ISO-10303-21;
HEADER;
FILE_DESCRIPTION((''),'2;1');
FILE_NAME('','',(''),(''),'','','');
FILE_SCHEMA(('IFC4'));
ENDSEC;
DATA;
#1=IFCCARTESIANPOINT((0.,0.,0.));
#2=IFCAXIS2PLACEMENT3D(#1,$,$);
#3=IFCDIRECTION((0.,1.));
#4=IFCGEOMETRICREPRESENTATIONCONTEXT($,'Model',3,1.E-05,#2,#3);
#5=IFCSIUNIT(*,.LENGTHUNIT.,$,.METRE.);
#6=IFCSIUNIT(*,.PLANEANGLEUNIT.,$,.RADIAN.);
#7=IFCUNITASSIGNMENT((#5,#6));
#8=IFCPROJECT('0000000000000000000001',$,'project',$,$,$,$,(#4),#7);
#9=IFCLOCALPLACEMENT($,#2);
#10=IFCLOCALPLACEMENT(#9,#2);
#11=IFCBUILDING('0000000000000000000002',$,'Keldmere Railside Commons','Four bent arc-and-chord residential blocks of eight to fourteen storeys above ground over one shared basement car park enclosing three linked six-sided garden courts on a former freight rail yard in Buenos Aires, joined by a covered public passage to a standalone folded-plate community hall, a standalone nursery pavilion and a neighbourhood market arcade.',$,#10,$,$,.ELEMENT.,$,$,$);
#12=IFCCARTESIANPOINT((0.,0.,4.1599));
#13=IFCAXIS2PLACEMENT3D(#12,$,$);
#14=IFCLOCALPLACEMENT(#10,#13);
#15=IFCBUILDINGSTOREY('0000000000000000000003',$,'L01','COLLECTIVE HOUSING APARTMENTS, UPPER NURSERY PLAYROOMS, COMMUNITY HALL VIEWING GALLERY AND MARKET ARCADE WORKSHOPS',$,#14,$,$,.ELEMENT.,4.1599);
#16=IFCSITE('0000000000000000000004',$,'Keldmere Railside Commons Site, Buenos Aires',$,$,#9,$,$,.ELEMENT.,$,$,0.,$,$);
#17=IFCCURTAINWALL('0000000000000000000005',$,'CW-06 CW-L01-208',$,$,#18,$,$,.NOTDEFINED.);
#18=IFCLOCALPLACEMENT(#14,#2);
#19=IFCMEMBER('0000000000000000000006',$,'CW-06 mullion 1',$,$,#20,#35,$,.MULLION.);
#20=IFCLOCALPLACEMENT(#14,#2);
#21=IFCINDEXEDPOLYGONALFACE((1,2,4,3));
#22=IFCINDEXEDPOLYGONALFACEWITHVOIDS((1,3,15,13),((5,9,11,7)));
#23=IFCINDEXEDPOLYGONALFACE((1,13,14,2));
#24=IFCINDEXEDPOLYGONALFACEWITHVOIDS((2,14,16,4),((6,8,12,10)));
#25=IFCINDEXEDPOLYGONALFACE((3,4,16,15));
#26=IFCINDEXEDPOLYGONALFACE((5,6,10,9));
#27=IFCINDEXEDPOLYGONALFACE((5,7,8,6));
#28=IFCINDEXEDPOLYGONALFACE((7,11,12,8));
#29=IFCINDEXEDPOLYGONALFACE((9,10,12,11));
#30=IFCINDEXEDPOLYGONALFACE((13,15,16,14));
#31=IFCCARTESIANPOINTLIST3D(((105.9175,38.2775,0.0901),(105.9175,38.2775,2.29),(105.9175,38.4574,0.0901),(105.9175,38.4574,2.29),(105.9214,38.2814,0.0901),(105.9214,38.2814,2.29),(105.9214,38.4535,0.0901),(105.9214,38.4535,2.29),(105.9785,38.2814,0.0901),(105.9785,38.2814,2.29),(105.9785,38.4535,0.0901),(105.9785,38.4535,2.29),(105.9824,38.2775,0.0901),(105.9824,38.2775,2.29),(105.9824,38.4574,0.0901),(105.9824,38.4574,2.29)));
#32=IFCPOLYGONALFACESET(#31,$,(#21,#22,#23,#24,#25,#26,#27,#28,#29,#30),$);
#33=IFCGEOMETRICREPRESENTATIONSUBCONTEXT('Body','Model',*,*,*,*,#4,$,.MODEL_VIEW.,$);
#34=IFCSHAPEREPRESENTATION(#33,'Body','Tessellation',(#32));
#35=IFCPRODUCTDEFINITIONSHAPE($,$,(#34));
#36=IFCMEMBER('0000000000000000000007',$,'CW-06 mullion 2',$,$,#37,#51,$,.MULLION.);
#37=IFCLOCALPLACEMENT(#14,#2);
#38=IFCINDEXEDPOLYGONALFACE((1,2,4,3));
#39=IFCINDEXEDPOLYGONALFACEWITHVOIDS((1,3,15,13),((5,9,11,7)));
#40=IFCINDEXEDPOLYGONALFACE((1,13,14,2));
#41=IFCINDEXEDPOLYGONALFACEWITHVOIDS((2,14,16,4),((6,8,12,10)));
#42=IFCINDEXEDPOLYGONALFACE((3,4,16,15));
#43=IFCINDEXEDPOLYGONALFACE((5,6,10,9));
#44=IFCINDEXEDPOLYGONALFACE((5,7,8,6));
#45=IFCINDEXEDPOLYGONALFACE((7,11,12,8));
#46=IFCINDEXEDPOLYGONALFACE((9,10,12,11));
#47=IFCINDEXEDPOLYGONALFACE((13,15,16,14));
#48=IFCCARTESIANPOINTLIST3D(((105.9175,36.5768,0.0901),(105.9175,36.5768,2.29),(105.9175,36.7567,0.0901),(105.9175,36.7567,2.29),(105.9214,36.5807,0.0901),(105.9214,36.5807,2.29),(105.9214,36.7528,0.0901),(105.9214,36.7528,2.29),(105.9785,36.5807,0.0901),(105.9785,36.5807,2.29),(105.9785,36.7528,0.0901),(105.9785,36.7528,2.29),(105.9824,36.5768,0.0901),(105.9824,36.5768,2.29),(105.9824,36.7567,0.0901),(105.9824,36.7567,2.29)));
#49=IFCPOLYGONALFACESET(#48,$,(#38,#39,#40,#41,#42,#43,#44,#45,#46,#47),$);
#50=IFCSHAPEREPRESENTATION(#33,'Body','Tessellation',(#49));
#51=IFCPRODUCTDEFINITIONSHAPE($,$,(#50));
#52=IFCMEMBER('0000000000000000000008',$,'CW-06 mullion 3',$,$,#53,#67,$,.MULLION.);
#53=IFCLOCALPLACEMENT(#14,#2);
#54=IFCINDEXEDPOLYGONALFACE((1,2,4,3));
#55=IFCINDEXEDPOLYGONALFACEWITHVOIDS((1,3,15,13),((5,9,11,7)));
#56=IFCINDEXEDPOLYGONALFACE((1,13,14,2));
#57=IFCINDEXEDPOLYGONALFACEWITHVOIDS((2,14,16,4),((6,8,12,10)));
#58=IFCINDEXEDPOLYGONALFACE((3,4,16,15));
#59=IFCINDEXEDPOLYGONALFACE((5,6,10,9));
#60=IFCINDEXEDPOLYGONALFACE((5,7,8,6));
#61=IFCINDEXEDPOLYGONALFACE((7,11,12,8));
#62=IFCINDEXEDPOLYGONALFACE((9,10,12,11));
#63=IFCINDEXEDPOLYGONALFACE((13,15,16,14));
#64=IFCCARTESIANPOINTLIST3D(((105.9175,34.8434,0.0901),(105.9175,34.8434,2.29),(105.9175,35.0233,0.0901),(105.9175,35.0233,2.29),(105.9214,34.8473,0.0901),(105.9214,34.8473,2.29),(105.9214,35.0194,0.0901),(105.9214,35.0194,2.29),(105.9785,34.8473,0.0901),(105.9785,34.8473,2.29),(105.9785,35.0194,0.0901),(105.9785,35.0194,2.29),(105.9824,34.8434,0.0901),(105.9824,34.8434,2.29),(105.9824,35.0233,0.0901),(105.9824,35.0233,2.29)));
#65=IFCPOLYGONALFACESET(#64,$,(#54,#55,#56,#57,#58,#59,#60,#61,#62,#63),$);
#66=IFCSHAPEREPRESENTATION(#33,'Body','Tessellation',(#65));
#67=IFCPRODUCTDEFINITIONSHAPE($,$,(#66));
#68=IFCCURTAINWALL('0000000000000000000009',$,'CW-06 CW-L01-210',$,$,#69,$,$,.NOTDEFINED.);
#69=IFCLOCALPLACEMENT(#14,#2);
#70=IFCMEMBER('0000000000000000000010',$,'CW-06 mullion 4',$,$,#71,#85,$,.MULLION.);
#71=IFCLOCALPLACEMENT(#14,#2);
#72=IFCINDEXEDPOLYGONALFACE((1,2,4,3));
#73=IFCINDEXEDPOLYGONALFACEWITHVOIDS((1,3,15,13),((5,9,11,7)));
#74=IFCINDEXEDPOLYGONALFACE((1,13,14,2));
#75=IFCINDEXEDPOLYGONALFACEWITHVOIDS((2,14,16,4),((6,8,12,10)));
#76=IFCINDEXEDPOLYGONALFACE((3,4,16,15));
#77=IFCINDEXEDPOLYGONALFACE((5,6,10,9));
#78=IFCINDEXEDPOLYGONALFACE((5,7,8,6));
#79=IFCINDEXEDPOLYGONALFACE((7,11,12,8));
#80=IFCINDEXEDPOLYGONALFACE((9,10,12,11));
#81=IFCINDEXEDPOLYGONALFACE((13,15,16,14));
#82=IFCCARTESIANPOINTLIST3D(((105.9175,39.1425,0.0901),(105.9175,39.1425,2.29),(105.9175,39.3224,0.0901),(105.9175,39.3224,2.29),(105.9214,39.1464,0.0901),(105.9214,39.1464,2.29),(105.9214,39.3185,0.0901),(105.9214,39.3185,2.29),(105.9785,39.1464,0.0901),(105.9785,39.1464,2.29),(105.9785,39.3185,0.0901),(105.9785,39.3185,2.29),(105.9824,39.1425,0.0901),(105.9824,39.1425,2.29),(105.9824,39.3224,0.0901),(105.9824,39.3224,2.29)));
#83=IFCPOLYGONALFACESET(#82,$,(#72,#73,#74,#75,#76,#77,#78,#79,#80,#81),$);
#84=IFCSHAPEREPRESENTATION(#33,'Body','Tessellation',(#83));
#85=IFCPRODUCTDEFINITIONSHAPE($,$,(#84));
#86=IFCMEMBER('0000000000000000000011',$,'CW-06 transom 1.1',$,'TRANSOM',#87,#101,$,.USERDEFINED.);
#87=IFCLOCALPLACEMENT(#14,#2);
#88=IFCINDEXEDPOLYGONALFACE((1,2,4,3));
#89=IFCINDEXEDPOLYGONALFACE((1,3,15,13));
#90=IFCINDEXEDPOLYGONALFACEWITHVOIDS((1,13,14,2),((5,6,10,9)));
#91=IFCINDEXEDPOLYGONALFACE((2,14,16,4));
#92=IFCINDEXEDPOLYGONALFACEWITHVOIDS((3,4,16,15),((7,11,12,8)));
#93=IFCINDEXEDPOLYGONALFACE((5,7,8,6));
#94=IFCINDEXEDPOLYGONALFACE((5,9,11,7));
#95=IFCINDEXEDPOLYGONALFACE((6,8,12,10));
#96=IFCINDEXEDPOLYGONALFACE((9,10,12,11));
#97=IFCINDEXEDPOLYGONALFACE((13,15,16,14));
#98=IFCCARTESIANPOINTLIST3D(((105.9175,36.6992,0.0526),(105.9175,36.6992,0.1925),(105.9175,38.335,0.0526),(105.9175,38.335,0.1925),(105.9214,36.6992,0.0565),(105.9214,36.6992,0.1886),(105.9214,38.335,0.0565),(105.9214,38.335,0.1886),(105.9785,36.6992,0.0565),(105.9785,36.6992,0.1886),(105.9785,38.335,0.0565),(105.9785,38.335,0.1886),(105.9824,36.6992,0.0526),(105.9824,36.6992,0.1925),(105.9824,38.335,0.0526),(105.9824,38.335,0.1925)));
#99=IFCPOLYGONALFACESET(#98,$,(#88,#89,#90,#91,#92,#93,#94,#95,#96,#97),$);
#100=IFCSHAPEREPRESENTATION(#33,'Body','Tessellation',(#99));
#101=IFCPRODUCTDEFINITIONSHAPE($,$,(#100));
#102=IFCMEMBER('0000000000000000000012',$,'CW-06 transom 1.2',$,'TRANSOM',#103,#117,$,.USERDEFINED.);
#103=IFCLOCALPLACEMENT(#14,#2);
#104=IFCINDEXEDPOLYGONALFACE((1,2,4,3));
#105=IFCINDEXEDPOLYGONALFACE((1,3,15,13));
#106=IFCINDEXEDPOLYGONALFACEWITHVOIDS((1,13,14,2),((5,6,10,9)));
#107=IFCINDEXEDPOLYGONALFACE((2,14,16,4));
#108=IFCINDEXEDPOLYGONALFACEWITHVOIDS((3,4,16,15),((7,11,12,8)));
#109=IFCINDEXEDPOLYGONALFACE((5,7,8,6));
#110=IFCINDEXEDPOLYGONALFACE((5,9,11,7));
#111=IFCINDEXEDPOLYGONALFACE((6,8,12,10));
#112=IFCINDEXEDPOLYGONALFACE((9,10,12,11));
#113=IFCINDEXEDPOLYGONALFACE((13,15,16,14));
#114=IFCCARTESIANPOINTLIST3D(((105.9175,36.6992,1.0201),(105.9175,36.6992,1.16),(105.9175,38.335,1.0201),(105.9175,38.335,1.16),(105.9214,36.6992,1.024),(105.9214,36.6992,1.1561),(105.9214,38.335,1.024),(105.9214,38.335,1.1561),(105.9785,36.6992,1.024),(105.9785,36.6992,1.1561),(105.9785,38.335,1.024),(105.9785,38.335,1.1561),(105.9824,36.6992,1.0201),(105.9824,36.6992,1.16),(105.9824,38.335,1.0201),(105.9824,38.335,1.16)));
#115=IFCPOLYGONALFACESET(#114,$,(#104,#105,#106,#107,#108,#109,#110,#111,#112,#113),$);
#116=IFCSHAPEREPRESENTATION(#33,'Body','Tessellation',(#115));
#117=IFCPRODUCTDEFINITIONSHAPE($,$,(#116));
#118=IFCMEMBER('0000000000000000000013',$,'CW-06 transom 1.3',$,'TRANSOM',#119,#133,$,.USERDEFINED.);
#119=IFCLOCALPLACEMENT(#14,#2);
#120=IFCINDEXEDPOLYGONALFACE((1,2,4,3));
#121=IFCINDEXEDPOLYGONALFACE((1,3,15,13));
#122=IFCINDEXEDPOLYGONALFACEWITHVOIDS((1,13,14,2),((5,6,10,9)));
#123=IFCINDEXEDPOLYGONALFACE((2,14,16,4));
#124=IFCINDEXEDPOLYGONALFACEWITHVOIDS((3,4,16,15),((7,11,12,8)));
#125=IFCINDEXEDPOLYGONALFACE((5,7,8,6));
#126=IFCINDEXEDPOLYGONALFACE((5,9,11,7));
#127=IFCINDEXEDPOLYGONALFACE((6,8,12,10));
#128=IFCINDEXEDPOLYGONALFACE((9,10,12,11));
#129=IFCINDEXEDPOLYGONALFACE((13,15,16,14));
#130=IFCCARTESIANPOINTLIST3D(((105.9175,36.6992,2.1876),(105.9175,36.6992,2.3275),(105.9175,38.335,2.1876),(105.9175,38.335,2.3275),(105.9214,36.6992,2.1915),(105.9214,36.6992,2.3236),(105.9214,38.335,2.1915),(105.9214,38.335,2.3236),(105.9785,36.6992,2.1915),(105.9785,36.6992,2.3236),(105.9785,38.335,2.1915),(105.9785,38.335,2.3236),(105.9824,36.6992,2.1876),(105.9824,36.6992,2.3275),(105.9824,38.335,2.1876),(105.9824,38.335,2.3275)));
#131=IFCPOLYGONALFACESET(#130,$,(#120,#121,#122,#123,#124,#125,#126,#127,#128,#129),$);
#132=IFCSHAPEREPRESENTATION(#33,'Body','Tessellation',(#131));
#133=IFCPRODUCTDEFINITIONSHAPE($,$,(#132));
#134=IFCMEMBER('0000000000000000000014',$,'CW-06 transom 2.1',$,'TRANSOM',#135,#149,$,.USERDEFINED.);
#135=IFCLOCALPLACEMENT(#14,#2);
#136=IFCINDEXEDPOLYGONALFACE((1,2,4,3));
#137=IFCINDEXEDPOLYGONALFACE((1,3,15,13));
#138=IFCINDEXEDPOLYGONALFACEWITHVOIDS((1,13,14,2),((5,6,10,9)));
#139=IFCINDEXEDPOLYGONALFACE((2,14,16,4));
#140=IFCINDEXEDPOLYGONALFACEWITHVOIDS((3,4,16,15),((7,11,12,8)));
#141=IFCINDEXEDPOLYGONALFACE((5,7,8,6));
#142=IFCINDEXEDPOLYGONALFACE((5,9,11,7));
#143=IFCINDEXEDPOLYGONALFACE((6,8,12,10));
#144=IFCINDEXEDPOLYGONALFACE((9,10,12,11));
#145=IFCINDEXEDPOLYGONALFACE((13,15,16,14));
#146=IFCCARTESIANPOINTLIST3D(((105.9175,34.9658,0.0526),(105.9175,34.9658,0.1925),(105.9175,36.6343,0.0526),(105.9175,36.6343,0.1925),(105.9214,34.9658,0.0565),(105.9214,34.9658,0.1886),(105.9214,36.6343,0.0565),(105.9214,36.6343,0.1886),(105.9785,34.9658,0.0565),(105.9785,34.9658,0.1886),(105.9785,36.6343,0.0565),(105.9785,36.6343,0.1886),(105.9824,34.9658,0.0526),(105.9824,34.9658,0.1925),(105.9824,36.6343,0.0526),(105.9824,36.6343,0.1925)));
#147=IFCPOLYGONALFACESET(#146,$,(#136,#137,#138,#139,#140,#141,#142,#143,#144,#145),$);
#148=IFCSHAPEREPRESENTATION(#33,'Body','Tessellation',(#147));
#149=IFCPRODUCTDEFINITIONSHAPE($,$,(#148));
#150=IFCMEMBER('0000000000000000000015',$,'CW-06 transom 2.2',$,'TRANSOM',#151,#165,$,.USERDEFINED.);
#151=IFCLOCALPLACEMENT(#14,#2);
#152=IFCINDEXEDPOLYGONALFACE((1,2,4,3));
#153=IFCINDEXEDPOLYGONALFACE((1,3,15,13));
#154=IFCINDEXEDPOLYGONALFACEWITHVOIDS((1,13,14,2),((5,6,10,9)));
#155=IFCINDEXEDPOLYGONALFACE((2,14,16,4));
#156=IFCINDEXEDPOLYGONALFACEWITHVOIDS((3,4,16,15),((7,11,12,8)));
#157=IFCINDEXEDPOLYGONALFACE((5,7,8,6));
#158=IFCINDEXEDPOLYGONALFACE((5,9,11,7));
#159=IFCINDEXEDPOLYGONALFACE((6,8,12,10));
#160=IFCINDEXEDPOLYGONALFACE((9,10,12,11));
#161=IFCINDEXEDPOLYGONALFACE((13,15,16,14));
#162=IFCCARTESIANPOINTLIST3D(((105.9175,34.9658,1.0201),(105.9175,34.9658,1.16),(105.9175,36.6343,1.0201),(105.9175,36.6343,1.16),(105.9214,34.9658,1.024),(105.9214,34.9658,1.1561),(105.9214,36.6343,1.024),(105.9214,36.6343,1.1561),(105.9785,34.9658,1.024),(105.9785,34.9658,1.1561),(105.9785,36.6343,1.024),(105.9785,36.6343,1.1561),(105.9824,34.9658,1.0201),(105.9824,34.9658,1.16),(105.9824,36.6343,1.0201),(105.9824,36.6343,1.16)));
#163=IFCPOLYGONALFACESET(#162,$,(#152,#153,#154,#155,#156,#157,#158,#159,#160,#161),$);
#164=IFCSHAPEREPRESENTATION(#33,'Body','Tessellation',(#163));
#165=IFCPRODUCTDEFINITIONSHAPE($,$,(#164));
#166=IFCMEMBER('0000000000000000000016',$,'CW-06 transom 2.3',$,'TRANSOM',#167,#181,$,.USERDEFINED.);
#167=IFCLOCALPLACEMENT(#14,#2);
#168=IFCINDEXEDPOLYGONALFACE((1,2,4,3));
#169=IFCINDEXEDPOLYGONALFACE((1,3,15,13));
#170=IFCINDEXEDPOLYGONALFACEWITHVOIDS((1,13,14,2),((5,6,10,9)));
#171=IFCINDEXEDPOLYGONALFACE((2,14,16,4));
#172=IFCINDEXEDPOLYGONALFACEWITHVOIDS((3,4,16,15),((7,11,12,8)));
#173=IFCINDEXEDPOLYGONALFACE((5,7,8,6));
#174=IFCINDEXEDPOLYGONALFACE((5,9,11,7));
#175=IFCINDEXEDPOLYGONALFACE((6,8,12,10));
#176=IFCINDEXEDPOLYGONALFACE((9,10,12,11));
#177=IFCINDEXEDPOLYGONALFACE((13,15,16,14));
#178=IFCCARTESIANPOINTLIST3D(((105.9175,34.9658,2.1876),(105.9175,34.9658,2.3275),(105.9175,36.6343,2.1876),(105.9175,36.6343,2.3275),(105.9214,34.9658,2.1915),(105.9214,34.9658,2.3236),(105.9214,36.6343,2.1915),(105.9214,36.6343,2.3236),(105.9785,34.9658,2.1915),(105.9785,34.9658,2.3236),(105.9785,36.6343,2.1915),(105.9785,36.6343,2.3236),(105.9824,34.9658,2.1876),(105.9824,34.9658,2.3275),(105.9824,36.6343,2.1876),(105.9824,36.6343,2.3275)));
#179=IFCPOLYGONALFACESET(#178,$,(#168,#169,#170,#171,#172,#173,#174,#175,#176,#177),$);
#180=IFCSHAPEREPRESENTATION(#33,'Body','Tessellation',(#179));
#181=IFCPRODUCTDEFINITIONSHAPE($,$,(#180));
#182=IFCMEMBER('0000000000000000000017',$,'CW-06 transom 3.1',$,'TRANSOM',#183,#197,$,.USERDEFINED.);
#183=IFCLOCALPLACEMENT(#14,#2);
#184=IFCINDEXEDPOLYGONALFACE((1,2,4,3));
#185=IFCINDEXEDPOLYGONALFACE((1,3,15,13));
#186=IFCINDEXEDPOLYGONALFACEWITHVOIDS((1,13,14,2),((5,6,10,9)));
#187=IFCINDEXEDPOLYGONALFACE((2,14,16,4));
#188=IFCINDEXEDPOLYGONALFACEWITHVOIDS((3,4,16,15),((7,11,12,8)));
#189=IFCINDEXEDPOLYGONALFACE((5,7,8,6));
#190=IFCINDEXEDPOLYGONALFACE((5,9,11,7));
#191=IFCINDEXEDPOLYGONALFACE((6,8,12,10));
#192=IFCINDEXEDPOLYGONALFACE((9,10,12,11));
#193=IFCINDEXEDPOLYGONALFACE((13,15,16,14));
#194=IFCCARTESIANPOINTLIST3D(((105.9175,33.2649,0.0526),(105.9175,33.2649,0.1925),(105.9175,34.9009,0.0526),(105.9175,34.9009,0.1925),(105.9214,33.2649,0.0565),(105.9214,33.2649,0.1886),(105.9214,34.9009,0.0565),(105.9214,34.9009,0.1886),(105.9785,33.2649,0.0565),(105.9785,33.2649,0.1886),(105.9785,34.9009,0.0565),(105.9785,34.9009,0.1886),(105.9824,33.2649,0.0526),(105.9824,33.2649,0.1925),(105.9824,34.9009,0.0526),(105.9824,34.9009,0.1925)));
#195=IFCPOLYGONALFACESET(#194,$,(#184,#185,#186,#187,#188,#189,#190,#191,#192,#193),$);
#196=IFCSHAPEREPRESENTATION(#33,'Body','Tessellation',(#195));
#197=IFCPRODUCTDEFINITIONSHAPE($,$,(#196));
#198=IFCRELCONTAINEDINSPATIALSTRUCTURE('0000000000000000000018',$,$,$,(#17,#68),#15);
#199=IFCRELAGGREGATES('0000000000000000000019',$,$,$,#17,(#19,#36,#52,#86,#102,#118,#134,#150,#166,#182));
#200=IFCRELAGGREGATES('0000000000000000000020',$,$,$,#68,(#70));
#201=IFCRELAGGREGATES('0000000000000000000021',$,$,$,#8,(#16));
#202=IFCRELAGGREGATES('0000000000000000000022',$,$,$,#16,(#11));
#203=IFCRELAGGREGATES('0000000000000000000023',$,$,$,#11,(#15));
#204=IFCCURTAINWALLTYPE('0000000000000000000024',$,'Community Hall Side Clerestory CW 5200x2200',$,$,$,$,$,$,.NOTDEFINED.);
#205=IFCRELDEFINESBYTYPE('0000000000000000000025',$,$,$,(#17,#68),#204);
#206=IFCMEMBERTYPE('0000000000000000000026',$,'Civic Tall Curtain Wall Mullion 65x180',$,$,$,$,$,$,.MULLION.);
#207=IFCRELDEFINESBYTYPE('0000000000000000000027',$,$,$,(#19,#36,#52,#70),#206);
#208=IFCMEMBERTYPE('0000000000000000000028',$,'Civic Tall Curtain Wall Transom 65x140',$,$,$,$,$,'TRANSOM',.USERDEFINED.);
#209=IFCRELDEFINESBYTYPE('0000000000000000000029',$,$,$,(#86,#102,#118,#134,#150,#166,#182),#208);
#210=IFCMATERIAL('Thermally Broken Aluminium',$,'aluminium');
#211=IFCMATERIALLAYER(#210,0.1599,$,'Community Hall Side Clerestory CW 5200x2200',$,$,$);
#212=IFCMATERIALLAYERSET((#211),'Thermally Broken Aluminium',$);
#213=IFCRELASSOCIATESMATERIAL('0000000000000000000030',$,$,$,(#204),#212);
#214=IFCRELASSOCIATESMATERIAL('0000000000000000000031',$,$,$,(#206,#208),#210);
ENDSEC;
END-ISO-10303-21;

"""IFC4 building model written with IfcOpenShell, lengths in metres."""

from ifc_helpers import new_model, si_unit, direction, frame, origin, origin_2d, place, context, subcontext, project, spatial, hollow_rectangle, extrude, material, layer, layer_set, material_profile, profile_set, type_object, element, aggregate, save


model = new_model("IFC4")

# Units and contexts
model_context = context("Model", 3, precision=1e-05, world=origin(), true_north=direction((0.0, 1.0)))
body_context = subcontext(model_context, "Body", "Model", "MODEL_VIEW")
ifc_project = project(units=[si_unit("LENGTHUNIT", "METRE"), si_unit("PLANEANGLEUNIT", "RADIAN")], contexts=[model_context])

# Site, building, storey
site_placement = place(None, origin())
site = spatial("IfcSite", under=ifc_project, at=site_placement, Name="Keldmere Railside Commons Site, Buenos Aires", CompositionType="ELEMENT", RefElevation=0.0)
building_placement = place(site_placement, origin())
building = spatial("IfcBuilding", under=site, at=building_placement, Name="Keldmere Railside Commons", Description="Four bent arc-and-chord residential blocks of eight to fourteen storeys above ground over one shared basement car park enclosing three linked six-sided garden courts on a former freight rail yard in Buenos Aires, joined by a covered public passage to a standalone folded-plate community hall, a standalone nursery pavilion and a neighbourhood market arcade.", CompositionType="ELEMENT")
storey_placement = place(building_placement, frame((0.0, 0.0, 4.1599)))
storey = spatial("IfcBuildingStorey", under=building, at=storey_placement, Name="L01", Description="COLLECTIVE HOUSING APARTMENTS, UPPER NURSERY PLAYROOMS, COMMUNITY HALL VIEWING GALLERY AND MARKET ARCADE WORKSHOPS", CompositionType="ELEMENT", Elevation=4.1599)

# Curtain wall, members
ifc_material_1 = material(Name="Thermally Broken Aluminium", Category="aluminium")
ifc_layer_1 = layer(ifc_material_1, 0.1599, Name="Community Hall Side Clerestory CW 5200x2200")
ifc_layer_set_1 = layer_set([ifc_layer_1], Name="Thermally Broken Aluminium")
curtain_wall_type = type_object("IfcCurtainWallType", Name="Community Hall Side Clerestory CW 5200x2200", PredefinedType="NOTDEFINED", material=ifc_layer_set_1)
curtain_wall_1_placement = place(storey_placement, origin())
curtain_wall_1 = element("IfcCurtainWall", 1, at=curtain_wall_1_placement, inside=storey, type_object=curtain_wall_type, Name="CW-06 CW-L01-208", PredefinedType="NOTDEFINED")
ifc_material_profile_1 = material_profile(ifc_material_1, hollow_rectangle(XDim=0.0649, YDim=0.1799, WallThickness=0.0039, at=origin_2d()), Name="ALU-MULL-65x180")
ifc_profile_set_1 = profile_set([ifc_material_profile_1], Name="Thermally Broken Aluminium")
member_type_1 = type_object("IfcMemberType", Name="Civic Tall Curtain Wall Mullion 65x180", PredefinedType="MULLION", material=ifc_profile_set_1)
member_1_placement = place(storey_placement, frame((105.95, 38.3674, 0.0901), z_axis=(0.0, 0.0, 1.0), x_axis=(1.0, 0.0, 0.0)))
member_1 = element("IfcMember", 2, at=member_1_placement, type_object=member_type_1, Name="CW-06 mullion 1", PredefinedType="MULLION", context=body_context, shape_type="SweptSolid", body=[
    extrude(hollow_rectangle(XDim=0.0649, YDim=0.1799, WallThickness=0.0039, at=origin_2d()), origin(), (0.0, 0.0, 1.0), 2.2),
])
member_2_placement = place(storey_placement, frame((105.95, 36.6667, 0.0901), z_axis=(0.0, 0.0, 1.0), x_axis=(1.0, 0.0, 0.0)))
member_2 = element("IfcMember", 3, at=member_2_placement, type_object=member_type_1, Name="CW-06 mullion 2", PredefinedType="MULLION", context=body_context, shape_type="SweptSolid", body=[
    extrude(hollow_rectangle(XDim=0.0649, YDim=0.1799, WallThickness=0.0039, at=origin_2d()), origin(), (0.0, 0.0, 1.0), 2.2),
])
member_3_placement = place(storey_placement, frame((105.95, 34.9333, 0.0901), z_axis=(0.0, 0.0, 1.0), x_axis=(1.0, 0.0, 0.0)))
member_3 = element("IfcMember", 4, at=member_3_placement, type_object=member_type_1, Name="CW-06 mullion 3", PredefinedType="MULLION", context=body_context, shape_type="SweptSolid", body=[
    extrude(hollow_rectangle(XDim=0.0649, YDim=0.1799, WallThickness=0.0039, at=origin_2d()), origin(), (0.0, 0.0, 1.0), 2.2),
])

# Curtain wall, member
curtain_wall_2_placement = place(storey_placement, origin())
curtain_wall_2 = element("IfcCurtainWall", 5, at=curtain_wall_2_placement, inside=storey, type_object=curtain_wall_type, Name="CW-06 CW-L01-210", PredefinedType="NOTDEFINED")
member_4_placement = place(storey_placement, frame((105.95, 39.2324, 0.0901), z_axis=(0.0, 0.0, 1.0), x_axis=(1.0, 0.0, 0.0)))
member_4 = element("IfcMember", 6, at=member_4_placement, type_object=member_type_1, Name="CW-06 mullion 4", PredefinedType="MULLION", context=body_context, shape_type="SweptSolid", body=[
    extrude(hollow_rectangle(XDim=0.0649, YDim=0.1799, WallThickness=0.0039, at=origin_2d()), origin(), (0.0, 0.0, 1.0), 2.2),
])

# Members
ifc_material_profile_2 = material_profile(ifc_material_1, hollow_rectangle(XDim=0.0649, YDim=0.1399, WallThickness=0.0039, at=origin_2d()), Name="ALU-TRAN-65x140")
ifc_profile_set_2 = profile_set([ifc_material_profile_2], Name="Thermally Broken Aluminium")
member_type_2 = type_object("IfcMemberType", Name="Civic Tall Curtain Wall Transom 65x140", ElementType="TRANSOM", PredefinedType="USERDEFINED", material=ifc_profile_set_2)
member_5_placement = place(storey_placement, frame((105.95, 38.335, 0.1226), z_axis=(0.0, -1.0, 0.0), x_axis=(1.0, 0.0, 0.0)))
member_5 = element("IfcMember", 7, at=member_5_placement, type_object=member_type_2, Name="CW-06 transom 1.1", ObjectType="TRANSOM", PredefinedType="USERDEFINED", context=body_context, shape_type="SweptSolid", body=[
    extrude(hollow_rectangle(XDim=0.0649, YDim=0.1399, WallThickness=0.0039, at=origin_2d()), origin(), (0.0, 0.0, 1.0), 1.6357),
])
member_6_placement = place(storey_placement, frame((105.95, 38.335, 1.0901), z_axis=(0.0, -1.0, 0.0), x_axis=(1.0, 0.0, 0.0)))
member_6 = element("IfcMember", 8, at=member_6_placement, type_object=member_type_2, Name="CW-06 transom 1.2", ObjectType="TRANSOM", PredefinedType="USERDEFINED", context=body_context, shape_type="SweptSolid", body=[
    extrude(hollow_rectangle(XDim=0.0649, YDim=0.1399, WallThickness=0.0039, at=origin_2d()), origin(), (0.0, 0.0, 1.0), 1.6357),
])
member_7_placement = place(storey_placement, frame((105.95, 38.335, 2.2576), z_axis=(0.0, -1.0, 0.0), x_axis=(1.0, 0.0, 0.0)))
member_7 = element("IfcMember", 9, at=member_7_placement, type_object=member_type_2, Name="CW-06 transom 1.3", ObjectType="TRANSOM", PredefinedType="USERDEFINED", context=body_context, shape_type="SweptSolid", body=[
    extrude(hollow_rectangle(XDim=0.0649, YDim=0.1399, WallThickness=0.0039, at=origin_2d()), origin(), (0.0, 0.0, 1.0), 1.6357),
])
member_8_placement = place(storey_placement, frame((105.95, 36.6343, 0.1226), z_axis=(0.0, -1.0, 0.0), x_axis=(1.0, 0.0, 0.0)))
member_8 = element("IfcMember", 10, at=member_8_placement, type_object=member_type_2, Name="CW-06 transom 2.1", ObjectType="TRANSOM", PredefinedType="USERDEFINED", context=body_context, shape_type="SweptSolid", body=[
    extrude(hollow_rectangle(XDim=0.0649, YDim=0.1399, WallThickness=0.0039, at=origin_2d()), origin(), (0.0, 0.0, 1.0), 1.6685),
])
member_9_placement = place(storey_placement, frame((105.95, 36.6343, 1.0901), z_axis=(0.0, -1.0, 0.0), x_axis=(1.0, 0.0, 0.0)))
member_9 = element("IfcMember", 11, at=member_9_placement, type_object=member_type_2, Name="CW-06 transom 2.2", ObjectType="TRANSOM", PredefinedType="USERDEFINED", context=body_context, shape_type="SweptSolid", body=[
    extrude(hollow_rectangle(XDim=0.0649, YDim=0.1399, WallThickness=0.0039, at=origin_2d()), origin(), (0.0, 0.0, 1.0), 1.6685),
])
member_10_placement = place(storey_placement, frame((105.95, 36.6343, 2.2576), z_axis=(0.0, -1.0, 0.0), x_axis=(1.0, 0.0, 0.0)))
member_10 = element("IfcMember", 12, at=member_10_placement, type_object=member_type_2, Name="CW-06 transom 2.3", ObjectType="TRANSOM", PredefinedType="USERDEFINED", context=body_context, shape_type="SweptSolid", body=[
    extrude(hollow_rectangle(XDim=0.0649, YDim=0.1399, WallThickness=0.0039, at=origin_2d()), origin(), (0.0, 0.0, 1.0), 1.6685),
])
member_11_placement = place(storey_placement, frame((105.95, 34.9009, 0.1226), z_axis=(0.0, -1.0, 0.0), x_axis=(1.0, 0.0, 0.0)))
member_11 = element("IfcMember", 13, at=member_11_placement, type_object=member_type_2, Name="CW-06 transom 3.1", ObjectType="TRANSOM", PredefinedType="USERDEFINED", context=body_context, shape_type="SweptSolid", body=[
    extrude(hollow_rectangle(XDim=0.0649, YDim=0.1399, WallThickness=0.0039, at=origin_2d()), origin(), (0.0, 0.0, 1.0), 1.636),
])

aggregate(curtain_wall_1, [member_1, member_2, member_3, member_5, member_6, member_7, member_8, member_9, member_10, member_11])
aggregate(curtain_wall_2, [member_4])

save(model, "model.ifc")
